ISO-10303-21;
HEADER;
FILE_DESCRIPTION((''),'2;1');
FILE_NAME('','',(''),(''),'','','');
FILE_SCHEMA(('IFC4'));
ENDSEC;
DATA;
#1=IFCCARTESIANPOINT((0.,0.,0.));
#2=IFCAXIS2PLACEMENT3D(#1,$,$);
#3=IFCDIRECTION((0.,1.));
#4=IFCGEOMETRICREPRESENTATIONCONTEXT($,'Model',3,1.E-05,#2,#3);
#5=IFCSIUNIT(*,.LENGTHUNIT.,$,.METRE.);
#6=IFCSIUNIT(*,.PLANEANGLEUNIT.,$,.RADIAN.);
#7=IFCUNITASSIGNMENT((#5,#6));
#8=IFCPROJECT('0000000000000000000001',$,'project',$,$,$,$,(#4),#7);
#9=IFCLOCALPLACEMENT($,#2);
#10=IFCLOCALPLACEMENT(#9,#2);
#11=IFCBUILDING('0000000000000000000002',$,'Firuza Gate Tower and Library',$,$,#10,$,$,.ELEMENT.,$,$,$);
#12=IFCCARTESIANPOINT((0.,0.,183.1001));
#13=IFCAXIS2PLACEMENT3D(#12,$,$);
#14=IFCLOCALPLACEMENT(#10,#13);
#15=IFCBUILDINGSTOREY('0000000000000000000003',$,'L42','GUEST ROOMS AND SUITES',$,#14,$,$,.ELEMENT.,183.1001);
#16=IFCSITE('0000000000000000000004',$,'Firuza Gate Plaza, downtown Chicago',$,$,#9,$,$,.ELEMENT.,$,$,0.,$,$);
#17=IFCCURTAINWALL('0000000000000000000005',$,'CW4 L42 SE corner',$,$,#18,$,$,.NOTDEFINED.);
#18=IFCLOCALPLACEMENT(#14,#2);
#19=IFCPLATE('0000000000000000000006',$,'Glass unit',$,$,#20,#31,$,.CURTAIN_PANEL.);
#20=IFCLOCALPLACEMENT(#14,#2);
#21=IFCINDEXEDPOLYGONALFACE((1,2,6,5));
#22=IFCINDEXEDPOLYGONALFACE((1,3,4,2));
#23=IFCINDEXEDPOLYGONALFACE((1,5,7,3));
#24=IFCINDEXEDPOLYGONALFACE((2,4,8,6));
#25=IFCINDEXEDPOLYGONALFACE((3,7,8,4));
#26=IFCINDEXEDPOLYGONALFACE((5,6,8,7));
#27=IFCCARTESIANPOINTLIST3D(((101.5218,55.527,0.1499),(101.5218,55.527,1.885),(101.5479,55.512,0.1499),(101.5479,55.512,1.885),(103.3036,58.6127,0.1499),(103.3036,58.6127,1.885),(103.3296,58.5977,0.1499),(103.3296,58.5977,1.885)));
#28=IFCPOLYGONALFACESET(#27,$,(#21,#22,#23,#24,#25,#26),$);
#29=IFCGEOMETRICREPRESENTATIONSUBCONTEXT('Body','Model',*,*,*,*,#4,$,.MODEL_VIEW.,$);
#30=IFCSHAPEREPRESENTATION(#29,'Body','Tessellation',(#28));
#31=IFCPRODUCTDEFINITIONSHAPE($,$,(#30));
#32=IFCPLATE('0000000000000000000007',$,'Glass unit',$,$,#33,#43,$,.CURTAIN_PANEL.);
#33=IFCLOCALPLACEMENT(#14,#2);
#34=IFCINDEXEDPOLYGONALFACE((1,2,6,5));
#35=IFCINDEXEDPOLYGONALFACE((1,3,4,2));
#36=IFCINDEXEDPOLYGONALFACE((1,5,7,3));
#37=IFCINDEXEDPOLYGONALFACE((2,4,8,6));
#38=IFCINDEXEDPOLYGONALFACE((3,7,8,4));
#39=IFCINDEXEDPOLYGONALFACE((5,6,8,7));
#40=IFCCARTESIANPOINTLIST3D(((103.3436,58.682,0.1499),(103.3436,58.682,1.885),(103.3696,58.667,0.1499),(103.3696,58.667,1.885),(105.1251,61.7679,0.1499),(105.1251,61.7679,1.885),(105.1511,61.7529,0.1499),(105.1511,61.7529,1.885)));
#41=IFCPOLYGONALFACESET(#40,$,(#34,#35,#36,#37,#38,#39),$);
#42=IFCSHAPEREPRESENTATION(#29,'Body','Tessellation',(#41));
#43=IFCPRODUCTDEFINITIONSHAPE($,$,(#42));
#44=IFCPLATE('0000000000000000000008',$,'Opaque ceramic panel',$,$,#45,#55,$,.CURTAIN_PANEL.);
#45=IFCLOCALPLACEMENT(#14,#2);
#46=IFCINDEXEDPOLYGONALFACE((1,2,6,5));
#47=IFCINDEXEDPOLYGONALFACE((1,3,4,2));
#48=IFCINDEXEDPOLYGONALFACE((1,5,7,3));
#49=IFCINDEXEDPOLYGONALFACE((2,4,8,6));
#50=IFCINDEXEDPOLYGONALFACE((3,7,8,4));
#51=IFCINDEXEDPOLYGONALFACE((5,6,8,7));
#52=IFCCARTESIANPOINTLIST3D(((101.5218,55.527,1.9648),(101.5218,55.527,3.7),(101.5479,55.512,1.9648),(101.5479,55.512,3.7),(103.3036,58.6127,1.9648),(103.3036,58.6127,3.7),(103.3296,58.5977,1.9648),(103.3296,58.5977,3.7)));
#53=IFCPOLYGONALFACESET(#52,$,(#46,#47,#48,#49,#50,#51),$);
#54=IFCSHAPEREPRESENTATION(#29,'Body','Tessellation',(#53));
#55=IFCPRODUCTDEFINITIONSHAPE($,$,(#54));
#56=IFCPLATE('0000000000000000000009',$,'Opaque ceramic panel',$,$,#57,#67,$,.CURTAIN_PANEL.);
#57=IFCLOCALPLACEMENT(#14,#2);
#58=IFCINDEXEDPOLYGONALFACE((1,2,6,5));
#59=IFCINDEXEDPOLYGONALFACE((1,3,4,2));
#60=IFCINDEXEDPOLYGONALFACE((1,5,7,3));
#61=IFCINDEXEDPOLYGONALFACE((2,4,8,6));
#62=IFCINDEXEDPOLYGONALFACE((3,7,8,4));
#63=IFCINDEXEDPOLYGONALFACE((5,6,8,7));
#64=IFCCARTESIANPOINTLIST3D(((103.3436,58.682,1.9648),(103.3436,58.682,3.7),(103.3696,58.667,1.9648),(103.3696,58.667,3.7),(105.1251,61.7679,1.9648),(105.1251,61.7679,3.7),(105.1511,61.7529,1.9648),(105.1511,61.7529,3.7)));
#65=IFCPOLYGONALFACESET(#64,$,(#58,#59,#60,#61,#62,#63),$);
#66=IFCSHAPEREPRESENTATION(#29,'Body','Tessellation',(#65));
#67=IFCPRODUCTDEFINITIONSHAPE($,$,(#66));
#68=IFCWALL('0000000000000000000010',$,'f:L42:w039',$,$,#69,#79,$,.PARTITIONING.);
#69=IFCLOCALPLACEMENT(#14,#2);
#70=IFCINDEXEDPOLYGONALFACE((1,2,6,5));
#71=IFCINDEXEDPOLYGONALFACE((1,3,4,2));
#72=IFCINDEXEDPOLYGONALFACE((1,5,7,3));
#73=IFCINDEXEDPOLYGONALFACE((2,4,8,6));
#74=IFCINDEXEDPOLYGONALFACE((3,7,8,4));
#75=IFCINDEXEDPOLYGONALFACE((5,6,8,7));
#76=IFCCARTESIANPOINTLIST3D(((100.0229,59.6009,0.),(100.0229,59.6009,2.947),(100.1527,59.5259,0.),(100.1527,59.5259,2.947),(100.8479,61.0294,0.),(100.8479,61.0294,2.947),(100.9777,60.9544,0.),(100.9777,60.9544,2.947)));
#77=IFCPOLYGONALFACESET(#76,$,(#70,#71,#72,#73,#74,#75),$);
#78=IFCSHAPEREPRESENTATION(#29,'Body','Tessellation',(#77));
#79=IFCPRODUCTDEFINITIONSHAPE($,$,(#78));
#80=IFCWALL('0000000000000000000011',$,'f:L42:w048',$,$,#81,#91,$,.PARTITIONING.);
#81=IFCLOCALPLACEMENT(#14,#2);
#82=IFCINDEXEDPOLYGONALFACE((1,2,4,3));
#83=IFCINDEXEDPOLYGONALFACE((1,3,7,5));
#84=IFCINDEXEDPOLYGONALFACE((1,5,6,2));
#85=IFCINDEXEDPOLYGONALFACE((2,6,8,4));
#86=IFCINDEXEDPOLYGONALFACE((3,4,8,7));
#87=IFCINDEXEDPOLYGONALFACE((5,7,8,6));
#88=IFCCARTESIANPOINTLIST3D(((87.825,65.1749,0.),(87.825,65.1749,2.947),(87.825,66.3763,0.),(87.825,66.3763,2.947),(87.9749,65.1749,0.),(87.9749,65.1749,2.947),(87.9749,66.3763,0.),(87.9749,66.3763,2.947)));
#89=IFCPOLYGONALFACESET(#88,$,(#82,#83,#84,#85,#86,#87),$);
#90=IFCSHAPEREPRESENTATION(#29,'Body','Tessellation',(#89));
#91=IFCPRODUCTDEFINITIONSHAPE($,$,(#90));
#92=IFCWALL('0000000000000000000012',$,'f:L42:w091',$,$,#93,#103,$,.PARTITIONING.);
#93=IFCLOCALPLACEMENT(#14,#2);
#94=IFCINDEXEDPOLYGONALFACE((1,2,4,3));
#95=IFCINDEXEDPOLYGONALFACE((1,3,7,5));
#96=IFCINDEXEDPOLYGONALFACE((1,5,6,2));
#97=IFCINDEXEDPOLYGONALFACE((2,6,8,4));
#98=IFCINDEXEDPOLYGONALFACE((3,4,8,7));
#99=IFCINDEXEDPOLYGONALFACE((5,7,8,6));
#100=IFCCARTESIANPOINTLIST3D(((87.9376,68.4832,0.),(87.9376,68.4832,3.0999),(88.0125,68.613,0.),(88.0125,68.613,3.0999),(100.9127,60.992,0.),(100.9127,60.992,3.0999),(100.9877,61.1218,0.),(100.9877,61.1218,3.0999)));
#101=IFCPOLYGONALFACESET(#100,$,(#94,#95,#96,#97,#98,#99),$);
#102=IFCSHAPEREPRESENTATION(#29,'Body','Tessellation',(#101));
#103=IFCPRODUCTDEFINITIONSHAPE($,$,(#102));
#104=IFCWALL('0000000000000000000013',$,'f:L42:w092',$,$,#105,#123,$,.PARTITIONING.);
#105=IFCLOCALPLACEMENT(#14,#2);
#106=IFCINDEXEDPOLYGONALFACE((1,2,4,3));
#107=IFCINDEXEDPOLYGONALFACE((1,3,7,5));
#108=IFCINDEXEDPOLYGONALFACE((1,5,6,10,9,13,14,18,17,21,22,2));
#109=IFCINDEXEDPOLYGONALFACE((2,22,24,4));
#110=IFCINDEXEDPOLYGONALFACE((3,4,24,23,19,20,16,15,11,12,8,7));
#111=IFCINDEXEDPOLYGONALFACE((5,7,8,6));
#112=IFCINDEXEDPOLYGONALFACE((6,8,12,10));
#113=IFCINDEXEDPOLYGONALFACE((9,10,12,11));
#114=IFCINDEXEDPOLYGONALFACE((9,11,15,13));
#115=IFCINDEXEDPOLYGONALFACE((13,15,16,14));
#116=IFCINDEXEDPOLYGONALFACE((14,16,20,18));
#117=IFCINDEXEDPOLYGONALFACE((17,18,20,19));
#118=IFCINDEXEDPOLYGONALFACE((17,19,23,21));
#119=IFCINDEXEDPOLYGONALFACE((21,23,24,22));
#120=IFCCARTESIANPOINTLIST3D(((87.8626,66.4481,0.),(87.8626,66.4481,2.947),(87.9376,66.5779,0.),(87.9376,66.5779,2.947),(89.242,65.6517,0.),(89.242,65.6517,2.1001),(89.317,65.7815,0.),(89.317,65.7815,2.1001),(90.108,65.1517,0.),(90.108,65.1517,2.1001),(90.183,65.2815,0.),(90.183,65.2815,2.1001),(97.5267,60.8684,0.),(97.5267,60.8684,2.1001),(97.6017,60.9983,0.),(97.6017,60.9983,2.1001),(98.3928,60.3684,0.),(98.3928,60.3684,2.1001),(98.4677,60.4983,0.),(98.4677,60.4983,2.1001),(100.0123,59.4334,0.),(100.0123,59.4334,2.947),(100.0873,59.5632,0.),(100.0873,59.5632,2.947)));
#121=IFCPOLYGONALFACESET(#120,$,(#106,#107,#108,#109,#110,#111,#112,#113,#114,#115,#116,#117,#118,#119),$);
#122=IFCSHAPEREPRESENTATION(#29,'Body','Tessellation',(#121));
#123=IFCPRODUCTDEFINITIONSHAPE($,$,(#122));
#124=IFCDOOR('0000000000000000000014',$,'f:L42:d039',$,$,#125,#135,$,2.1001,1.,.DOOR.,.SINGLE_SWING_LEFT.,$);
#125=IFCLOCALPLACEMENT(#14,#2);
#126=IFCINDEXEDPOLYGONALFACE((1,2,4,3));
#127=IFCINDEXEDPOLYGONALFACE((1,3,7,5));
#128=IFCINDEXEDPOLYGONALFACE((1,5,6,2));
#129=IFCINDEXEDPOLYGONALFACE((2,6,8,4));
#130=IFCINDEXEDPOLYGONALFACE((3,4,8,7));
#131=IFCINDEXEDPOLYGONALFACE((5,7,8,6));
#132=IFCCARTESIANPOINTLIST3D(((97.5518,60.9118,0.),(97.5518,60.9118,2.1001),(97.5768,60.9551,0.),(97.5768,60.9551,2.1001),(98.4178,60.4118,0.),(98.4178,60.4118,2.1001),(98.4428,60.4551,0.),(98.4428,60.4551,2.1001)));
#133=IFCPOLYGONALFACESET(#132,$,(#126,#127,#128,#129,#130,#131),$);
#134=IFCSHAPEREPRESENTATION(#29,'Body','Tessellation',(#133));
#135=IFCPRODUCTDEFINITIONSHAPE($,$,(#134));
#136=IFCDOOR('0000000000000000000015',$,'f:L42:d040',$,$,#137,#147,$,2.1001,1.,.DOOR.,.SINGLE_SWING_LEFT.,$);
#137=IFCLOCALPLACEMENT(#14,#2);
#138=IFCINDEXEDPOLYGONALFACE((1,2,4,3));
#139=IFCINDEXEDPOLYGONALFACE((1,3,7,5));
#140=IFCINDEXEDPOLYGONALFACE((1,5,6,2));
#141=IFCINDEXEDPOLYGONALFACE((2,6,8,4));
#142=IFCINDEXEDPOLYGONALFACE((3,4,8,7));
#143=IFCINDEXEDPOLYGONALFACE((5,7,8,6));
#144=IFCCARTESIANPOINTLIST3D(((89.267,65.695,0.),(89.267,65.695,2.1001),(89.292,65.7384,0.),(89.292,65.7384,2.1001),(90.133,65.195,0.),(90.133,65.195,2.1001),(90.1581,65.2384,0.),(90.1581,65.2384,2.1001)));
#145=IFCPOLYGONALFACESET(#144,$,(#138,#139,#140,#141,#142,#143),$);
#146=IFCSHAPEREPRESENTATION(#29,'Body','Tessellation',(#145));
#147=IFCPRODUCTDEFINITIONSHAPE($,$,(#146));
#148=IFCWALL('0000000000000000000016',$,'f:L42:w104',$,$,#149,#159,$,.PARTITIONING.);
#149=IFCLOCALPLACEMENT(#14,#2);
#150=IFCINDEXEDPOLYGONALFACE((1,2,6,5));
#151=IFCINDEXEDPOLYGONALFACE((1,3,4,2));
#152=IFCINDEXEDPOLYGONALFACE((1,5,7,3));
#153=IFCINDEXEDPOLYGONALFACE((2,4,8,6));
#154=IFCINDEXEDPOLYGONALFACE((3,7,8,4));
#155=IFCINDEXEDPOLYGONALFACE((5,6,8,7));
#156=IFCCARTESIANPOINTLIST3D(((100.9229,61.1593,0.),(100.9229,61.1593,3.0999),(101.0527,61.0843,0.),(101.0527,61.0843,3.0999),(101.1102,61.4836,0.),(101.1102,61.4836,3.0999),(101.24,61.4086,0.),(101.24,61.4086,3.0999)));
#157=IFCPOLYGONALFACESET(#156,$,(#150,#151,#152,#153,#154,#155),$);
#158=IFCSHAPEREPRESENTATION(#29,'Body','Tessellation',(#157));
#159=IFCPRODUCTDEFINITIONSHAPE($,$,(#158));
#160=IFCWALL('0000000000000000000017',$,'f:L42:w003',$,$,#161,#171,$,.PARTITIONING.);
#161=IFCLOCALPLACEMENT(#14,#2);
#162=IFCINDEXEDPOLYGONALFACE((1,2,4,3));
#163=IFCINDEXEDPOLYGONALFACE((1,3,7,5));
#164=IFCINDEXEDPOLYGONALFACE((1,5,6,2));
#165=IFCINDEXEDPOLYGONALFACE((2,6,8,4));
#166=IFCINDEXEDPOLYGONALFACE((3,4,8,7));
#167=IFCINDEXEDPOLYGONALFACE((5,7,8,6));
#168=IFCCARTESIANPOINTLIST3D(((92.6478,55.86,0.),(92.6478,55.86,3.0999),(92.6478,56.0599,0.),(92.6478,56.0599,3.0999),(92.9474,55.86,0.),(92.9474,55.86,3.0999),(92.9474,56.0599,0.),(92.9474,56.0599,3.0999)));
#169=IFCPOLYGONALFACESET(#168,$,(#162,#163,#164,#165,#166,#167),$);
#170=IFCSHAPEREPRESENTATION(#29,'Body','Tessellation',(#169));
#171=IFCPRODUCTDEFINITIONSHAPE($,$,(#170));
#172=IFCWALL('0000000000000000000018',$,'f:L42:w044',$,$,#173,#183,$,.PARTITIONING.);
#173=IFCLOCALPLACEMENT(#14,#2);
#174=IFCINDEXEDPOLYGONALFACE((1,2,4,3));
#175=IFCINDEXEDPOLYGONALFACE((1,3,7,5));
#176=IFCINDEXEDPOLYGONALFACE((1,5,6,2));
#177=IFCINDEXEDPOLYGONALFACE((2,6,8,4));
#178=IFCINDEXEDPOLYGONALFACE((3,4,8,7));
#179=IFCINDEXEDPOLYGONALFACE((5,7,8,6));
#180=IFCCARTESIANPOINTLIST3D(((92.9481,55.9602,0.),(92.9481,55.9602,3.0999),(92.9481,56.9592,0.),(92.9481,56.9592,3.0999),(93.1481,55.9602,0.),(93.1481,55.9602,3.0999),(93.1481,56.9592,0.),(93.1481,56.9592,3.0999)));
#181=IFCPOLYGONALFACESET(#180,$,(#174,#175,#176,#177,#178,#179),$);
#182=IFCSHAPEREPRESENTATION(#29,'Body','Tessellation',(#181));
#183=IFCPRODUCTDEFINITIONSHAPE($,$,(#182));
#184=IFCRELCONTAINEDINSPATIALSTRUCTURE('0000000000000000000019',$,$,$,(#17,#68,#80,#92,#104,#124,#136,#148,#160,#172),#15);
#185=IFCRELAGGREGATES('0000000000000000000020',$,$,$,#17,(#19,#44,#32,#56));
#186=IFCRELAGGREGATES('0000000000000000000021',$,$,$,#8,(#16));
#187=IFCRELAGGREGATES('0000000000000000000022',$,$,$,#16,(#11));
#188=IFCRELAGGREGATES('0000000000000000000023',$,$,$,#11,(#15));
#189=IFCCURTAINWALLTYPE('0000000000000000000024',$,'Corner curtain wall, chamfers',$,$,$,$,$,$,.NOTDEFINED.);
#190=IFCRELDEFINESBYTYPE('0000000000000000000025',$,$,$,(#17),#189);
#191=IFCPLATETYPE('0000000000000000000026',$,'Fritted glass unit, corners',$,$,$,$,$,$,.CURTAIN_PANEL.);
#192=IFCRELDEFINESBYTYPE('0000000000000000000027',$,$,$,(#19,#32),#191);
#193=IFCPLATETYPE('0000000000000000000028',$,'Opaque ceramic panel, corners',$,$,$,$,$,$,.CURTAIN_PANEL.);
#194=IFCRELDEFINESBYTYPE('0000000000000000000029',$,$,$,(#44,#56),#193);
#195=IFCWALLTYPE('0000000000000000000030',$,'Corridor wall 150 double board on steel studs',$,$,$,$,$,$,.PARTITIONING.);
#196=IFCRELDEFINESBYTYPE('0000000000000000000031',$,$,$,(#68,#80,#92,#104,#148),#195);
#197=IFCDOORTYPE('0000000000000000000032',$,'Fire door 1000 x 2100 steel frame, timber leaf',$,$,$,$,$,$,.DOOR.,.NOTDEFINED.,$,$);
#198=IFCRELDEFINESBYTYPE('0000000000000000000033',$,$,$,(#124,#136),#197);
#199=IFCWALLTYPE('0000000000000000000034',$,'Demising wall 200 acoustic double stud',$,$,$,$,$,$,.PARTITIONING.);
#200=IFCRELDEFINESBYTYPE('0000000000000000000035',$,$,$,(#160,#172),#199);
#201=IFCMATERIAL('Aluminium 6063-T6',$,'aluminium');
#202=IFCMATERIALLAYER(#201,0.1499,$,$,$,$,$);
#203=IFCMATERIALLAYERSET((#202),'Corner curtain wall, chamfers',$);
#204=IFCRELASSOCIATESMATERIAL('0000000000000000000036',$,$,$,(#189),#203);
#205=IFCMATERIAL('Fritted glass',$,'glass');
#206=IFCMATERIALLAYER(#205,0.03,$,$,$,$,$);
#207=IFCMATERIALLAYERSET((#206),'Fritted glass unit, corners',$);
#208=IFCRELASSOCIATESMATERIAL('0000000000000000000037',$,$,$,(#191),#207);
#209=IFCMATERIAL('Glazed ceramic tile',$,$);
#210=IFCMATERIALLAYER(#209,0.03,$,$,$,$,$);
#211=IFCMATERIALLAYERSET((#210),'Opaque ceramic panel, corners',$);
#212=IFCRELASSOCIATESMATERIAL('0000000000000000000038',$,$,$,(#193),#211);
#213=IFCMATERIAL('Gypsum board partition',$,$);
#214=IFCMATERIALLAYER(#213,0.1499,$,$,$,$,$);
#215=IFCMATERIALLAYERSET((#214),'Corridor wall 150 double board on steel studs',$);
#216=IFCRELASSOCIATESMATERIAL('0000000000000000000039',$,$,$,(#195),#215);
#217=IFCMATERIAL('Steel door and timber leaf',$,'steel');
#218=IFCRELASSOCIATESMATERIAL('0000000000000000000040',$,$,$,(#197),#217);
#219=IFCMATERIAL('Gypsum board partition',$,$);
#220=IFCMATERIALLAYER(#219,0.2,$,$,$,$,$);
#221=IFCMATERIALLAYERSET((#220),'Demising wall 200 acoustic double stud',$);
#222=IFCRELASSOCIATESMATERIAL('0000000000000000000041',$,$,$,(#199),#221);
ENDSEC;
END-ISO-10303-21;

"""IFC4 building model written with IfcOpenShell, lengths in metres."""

from ifc_helpers import new_model, si_unit, direction, frame, frame_2d, origin, place, context, subcontext, project, spatial, polyline, rectangle, outline, extrude, material, layer, layer_set, type_object, element, fill, aggregate, save


model = new_model("IFC4")

# Units and contexts
model_context = context("Model", 3, precision=1e-05, world=origin(), true_north=direction((0.0, 1.0)))
body_context = subcontext(model_context, "Body", "Model", "MODEL_VIEW")
ifc_project = project(units=[si_unit("LENGTHUNIT", "METRE"), si_unit("PLANEANGLEUNIT", "RADIAN")], contexts=[model_context])

# Site, building, storey
site_placement = place(None, origin())
site = spatial("IfcSite", under=ifc_project, at=site_placement, Name="Firuza Gate Plaza, downtown Chicago", CompositionType="ELEMENT", RefElevation=0.0)
building_placement = place(site_placement, origin())
building = spatial("IfcBuilding", under=site, at=building_placement, Name="Firuza Gate Tower and Library", CompositionType="ELEMENT")
storey_placement = place(building_placement, frame((0.0, 0.0, 183.1001)))
storey = spatial("IfcBuildingStorey", under=building, at=storey_placement, Name="L42", Description="GUEST ROOMS AND SUITES", CompositionType="ELEMENT", Elevation=183.1001)

# Curtain wall
ifc_material_1 = material(Name="Aluminium 6063-T6", Category="aluminium")
ifc_layer_1 = layer(ifc_material_1, 0.1499)
ifc_layer_set_1 = layer_set([ifc_layer_1], Name="Corner curtain wall, chamfers")
curtain_wall_type = type_object("IfcCurtainWallType", Name="Corner curtain wall, chamfers", PredefinedType="NOTDEFINED", material=ifc_layer_set_1)
curtain_wall_placement = place(storey_placement, origin())
curtain_wall = element("IfcCurtainWall", 1, at=curtain_wall_placement, inside=storey, type_object=curtain_wall_type, Name="CW4 L42 SE corner", PredefinedType="NOTDEFINED")

# Plates
ifc_material_2 = material(Name="Fritted glass", Category="glass")
ifc_layer_2 = layer(ifc_material_2, 0.03)
ifc_layer_set_2 = layer_set([ifc_layer_2], Name="Fritted glass unit, corners")
plate_type_1 = type_object("IfcPlateType", Name="Fritted glass unit, corners", PredefinedType="CURTAIN_PANEL", material=ifc_layer_set_2)
plate_1_placement = place(storey_placement, frame((101.5479, 55.512, 0.1499), z_axis=(0.866, -0.500045, 0.0), x_axis=(0.500045, 0.866, 0.0)))
plate_1 = element("IfcPlate", 2, at=plate_1_placement, type_object=plate_type_1, Name="Glass unit", PredefinedType="CURTAIN_PANEL", context=body_context, shape_type="SweptSolid", body=[
    extrude(outline(polyline([(0.0, 0.0), (3.5632, 0.0), (3.5632, 1.7351), (0.0, 1.7351), (0.0, 0.0)])), origin(), (0.0, 0.0, -1.0), 0.03),
])
plate_2_placement = place(storey_placement, frame((103.3696, 58.667, 0.1499), z_axis=(0.866046, -0.499964, 0.0), x_axis=(0.499964, 0.866046, 0.0)))
plate_2 = element("IfcPlate", 3, at=plate_2_placement, type_object=plate_type_1, Name="Glass unit", PredefinedType="CURTAIN_PANEL", context=body_context, shape_type="SweptSolid", body=[
    extrude(outline(polyline([(0.0, 0.0), (3.5632, 0.0), (3.5632, 1.7351), (0.0, 1.7351), (0.0, 0.0)])), origin(), (0.0, 0.0, -1.0), 0.03),
])
ifc_material_3 = material(Name="Glazed ceramic tile")
ifc_layer_3 = layer(ifc_material_3, 0.03)
ifc_layer_set_3 = layer_set([ifc_layer_3], Name="Opaque ceramic panel, corners")
plate_type_2 = type_object("IfcPlateType", Name="Opaque ceramic panel, corners", PredefinedType="CURTAIN_PANEL", material=ifc_layer_set_3)
plate_3_placement = place(storey_placement, frame((101.5479, 55.512, 1.9648), z_axis=(0.866, -0.500045, 0.0), x_axis=(0.500045, 0.866, 0.0)))
plate_3 = element("IfcPlate", 4, at=plate_3_placement, type_object=plate_type_2, Name="Opaque ceramic panel", PredefinedType="CURTAIN_PANEL", context=body_context, shape_type="SweptSolid", body=[
    extrude(outline(polyline([(0.0, 0.0), (3.5632, 0.0), (3.5632, 1.7351), (0.0, 1.7351), (0.0, 0.0)])), origin(), (0.0, 0.0, -1.0), 0.03),
])
plate_4_placement = place(storey_placement, frame((103.3696, 58.667, 1.9648), z_axis=(0.866046, -0.499964, 0.0), x_axis=(0.499964, 0.866046, 0.0)))
plate_4 = element("IfcPlate", 5, at=plate_4_placement, type_object=plate_type_2, Name="Opaque ceramic panel", PredefinedType="CURTAIN_PANEL", context=body_context, shape_type="SweptSolid", body=[
    extrude(outline(polyline([(0.0, 0.0), (3.5632, 0.0), (3.5632, 1.7351), (0.0, 1.7351), (0.0, 0.0)])), origin(), (0.0, 0.0, -1.0), 0.03),
])
aggregate(curtain_wall, [plate_1, plate_3, plate_2, plate_4])

# Walls
ifc_material_4 = material(Name="Gypsum board partition")
ifc_layer_4 = layer(ifc_material_4, 0.1499)
ifc_layer_set_4 = layer_set([ifc_layer_4], Name="Corridor wall 150 double board on steel studs")
wall_type_1 = type_object("IfcWallType", Name="Corridor wall 150 double board on steel studs", PredefinedType="PARTITIONING", material=ifc_layer_set_4)
wall_1_placement = place(storey_placement, frame((100.0879, 59.5635, 0.0), z_axis=(0.0, 0.0, 1.0), x_axis=(0.500103, 0.865966, 0.0)))
element("IfcWall", 6, at=wall_1_placement, inside=storey, type_object=wall_type_1, Name="f:L42:w039", PredefinedType="PARTITIONING", context=body_context, shape_type="SweptSolid", body=[
    extrude(rectangle(XDim=1.6497, YDim=0.1499, at=frame_2d((0.8247, 0.0))), origin(), (0.0, 0.0, 1.0), 2.947),
])
wall_2_placement = place(storey_placement, frame((87.8999, 65.175, 0.0), z_axis=(0.0, 0.0, 1.0), x_axis=(0.0, 1.0, 0.0)))
element("IfcWall", 7, at=wall_2_placement, inside=storey, type_object=wall_type_1, Name="f:L42:w048", PredefinedType="PARTITIONING", context=body_context, shape_type="SweptSolid", body=[
    extrude(rectangle(XDim=1.2014, YDim=0.1499, at=frame_2d((0.6006, 0.0))), origin(), (0.0, 0.0, 1.0), 2.947),
])
wall_3_placement = place(storey_placement, frame((100.9502, 61.0569, 0.0), z_axis=(0.0, 0.0, 1.0), x_axis=(-0.866024, 0.500002, 0.0)))
element("IfcWall", 8, at=wall_3_placement, inside=storey, type_object=wall_type_1, Name="f:L42:w091", PredefinedType="PARTITIONING", context=body_context, shape_type="SweptSolid", body=[
    extrude(rectangle(XDim=14.9824, YDim=0.1499, at=frame_2d((7.4912, 0.0))), origin(), (0.0, 0.0, 1.0), 3.0999),
])

# Wall, openings, doors
wall_4_placement = place(storey_placement, frame((100.0498, 59.4983, 0.0), z_axis=(0.0, 0.0, 1.0), x_axis=(-0.866024, 0.500002, 0.0)))
wall_4 = element("IfcWall", 9, at=wall_4_placement, inside=storey, type_object=wall_type_1, Name="f:L42:w092", PredefinedType="PARTITIONING", context=body_context, shape_type="SweptSolid", body=[
    extrude(rectangle(XDim=14.0293, YDim=0.1499, at=frame_2d((7.0146, 0.0))), origin(), (0.0, 0.0, 1.0), 2.947),
])
opening_1_placement = place(wall_4_placement, frame((1.8701, 0.0, 0.0)))
opening_1 = element("IfcOpeningElement", 10, at=opening_1_placement, cuts=wall_4, PredefinedType="OPENING", context=body_context, shape_type="SweptSolid", body=[
    extrude(rectangle(XDim=1.0, YDim=2.1001, at=frame_2d((0.5, 1.05))), frame((0.0, 0.085, 0.0), z_axis=(0.0, -1.0, 0.0), x_axis=(1.0, 0.0, 0.0)), (0.0, 0.0, 1.0), 0.1699),
])
opening_2_placement = place(wall_4_placement, frame((11.4365, 0.0, 0.0)))
opening_2 = element("IfcOpeningElement", 11, at=opening_2_placement, cuts=wall_4, PredefinedType="OPENING", context=body_context, shape_type="SweptSolid", body=[
    extrude(rectangle(XDim=1.0, YDim=2.1001, at=frame_2d((0.5, 1.05))), frame((0.0, 0.085, 0.0), z_axis=(0.0, -1.0, 0.0), x_axis=(1.0, 0.0, 0.0)), (0.0, 0.0, 1.0), 0.1699),
])
ifc_material_5 = material(Name="Steel door and timber leaf", Category="steel")
door_type_1 = type_object("IfcDoorType", Name="Fire door 1000 x 2100 steel frame, timber leaf", OperationType="NOTDEFINED", PredefinedType="DOOR", material=ifc_material_5)
door_1_placement = place(opening_1_placement, origin())
door_1 = element("IfcDoor", 12, at=door_1_placement, inside=storey, type_object=door_type_1, Name="f:L42:d039", OperationType="SINGLE_SWING_LEFT", OverallHeight=2.1001, OverallWidth=1.0, PredefinedType="DOOR", context=body_context, shape_type="SweptSolid", body=[
    extrude(rectangle(XDim=1.0, YDim=2.1001, at=frame_2d((0.5, 1.05))), frame((0.0, 0.0249, 0.0), z_axis=(0.0, -1.0, 0.0), x_axis=(1.0, 0.0, 0.0)), (0.0, 0.0, 1.0), 0.05),
])
fill(opening_1, door_1)
door_2_placement = place(opening_2_placement, origin())
door_2 = element("IfcDoor", 13, at=door_2_placement, inside=storey, type_object=door_type_1, Name="f:L42:d040", OperationType="SINGLE_SWING_LEFT", OverallHeight=2.1001, OverallWidth=1.0, PredefinedType="DOOR", context=body_context, shape_type="SweptSolid", body=[
    extrude(rectangle(XDim=1.0, YDim=2.1001, at=frame_2d((0.5, 1.05))), frame((0.0, 0.0249, 0.0), z_axis=(0.0, -1.0, 0.0), x_axis=(1.0, 0.0, 0.0)), (0.0, 0.0, 1.0), 0.05),
])
fill(opening_2, door_2)

# Walls
wall_5_placement = place(storey_placement, frame((100.9878, 61.1218, 0.0), z_axis=(0.0, 0.0, 1.0), x_axis=(0.500136, 0.865947, 0.0)))
element("IfcWall", 14, at=wall_5_placement, inside=storey, type_object=wall_type_1, Name="f:L42:w104", PredefinedType="PARTITIONING", context=body_context, shape_type="SweptSolid", body=[
    extrude(rectangle(XDim=0.3745, YDim=0.1499, at=frame_2d((0.1873, 0.0))), origin(), (0.0, 0.0, 1.0), 3.0999),
])
ifc_material_6 = material(Name="Gypsum board partition")
ifc_layer_5 = layer(ifc_material_6, 0.2)
ifc_layer_set_5 = layer_set([ifc_layer_5], Name="Demising wall 200 acoustic double stud")
wall_type_2 = type_object("IfcWallType", Name="Demising wall 200 acoustic double stud", PredefinedType="PARTITIONING", material=ifc_layer_set_5)
wall_6_placement = place(storey_placement, frame((92.6477, 55.96, 0.0), z_axis=(0.0, 0.0, 1.0), x_axis=(1.0, 0.0, 0.0)))
element("IfcWall", 15, at=wall_6_placement, inside=storey, type_object=wall_type_2, Name="f:L42:w003", PredefinedType="PARTITIONING", context=body_context, shape_type="SweptSolid", body=[
    extrude(rectangle(XDim=0.2996, YDim=0.2, at=frame_2d((0.1499, 0.0))), origin(), (0.0, 0.0, 1.0), 3.0999),
])
wall_7_placement = place(storey_placement, frame((93.0481, 55.9602, 0.0), z_axis=(0.0, 0.0, 1.0), x_axis=(0.0, 1.0, 0.0)))
element("IfcWall", 16, at=wall_7_placement, inside=storey, type_object=wall_type_2, Name="f:L42:w044", PredefinedType="PARTITIONING", context=body_context, shape_type="SweptSolid", body=[
    extrude(rectangle(XDim=0.999, YDim=0.2, at=frame_2d((0.4995, 0.0))), origin(), (0.0, 0.0, 1.0), 3.0999),
])

save(model, "model.ifc")
